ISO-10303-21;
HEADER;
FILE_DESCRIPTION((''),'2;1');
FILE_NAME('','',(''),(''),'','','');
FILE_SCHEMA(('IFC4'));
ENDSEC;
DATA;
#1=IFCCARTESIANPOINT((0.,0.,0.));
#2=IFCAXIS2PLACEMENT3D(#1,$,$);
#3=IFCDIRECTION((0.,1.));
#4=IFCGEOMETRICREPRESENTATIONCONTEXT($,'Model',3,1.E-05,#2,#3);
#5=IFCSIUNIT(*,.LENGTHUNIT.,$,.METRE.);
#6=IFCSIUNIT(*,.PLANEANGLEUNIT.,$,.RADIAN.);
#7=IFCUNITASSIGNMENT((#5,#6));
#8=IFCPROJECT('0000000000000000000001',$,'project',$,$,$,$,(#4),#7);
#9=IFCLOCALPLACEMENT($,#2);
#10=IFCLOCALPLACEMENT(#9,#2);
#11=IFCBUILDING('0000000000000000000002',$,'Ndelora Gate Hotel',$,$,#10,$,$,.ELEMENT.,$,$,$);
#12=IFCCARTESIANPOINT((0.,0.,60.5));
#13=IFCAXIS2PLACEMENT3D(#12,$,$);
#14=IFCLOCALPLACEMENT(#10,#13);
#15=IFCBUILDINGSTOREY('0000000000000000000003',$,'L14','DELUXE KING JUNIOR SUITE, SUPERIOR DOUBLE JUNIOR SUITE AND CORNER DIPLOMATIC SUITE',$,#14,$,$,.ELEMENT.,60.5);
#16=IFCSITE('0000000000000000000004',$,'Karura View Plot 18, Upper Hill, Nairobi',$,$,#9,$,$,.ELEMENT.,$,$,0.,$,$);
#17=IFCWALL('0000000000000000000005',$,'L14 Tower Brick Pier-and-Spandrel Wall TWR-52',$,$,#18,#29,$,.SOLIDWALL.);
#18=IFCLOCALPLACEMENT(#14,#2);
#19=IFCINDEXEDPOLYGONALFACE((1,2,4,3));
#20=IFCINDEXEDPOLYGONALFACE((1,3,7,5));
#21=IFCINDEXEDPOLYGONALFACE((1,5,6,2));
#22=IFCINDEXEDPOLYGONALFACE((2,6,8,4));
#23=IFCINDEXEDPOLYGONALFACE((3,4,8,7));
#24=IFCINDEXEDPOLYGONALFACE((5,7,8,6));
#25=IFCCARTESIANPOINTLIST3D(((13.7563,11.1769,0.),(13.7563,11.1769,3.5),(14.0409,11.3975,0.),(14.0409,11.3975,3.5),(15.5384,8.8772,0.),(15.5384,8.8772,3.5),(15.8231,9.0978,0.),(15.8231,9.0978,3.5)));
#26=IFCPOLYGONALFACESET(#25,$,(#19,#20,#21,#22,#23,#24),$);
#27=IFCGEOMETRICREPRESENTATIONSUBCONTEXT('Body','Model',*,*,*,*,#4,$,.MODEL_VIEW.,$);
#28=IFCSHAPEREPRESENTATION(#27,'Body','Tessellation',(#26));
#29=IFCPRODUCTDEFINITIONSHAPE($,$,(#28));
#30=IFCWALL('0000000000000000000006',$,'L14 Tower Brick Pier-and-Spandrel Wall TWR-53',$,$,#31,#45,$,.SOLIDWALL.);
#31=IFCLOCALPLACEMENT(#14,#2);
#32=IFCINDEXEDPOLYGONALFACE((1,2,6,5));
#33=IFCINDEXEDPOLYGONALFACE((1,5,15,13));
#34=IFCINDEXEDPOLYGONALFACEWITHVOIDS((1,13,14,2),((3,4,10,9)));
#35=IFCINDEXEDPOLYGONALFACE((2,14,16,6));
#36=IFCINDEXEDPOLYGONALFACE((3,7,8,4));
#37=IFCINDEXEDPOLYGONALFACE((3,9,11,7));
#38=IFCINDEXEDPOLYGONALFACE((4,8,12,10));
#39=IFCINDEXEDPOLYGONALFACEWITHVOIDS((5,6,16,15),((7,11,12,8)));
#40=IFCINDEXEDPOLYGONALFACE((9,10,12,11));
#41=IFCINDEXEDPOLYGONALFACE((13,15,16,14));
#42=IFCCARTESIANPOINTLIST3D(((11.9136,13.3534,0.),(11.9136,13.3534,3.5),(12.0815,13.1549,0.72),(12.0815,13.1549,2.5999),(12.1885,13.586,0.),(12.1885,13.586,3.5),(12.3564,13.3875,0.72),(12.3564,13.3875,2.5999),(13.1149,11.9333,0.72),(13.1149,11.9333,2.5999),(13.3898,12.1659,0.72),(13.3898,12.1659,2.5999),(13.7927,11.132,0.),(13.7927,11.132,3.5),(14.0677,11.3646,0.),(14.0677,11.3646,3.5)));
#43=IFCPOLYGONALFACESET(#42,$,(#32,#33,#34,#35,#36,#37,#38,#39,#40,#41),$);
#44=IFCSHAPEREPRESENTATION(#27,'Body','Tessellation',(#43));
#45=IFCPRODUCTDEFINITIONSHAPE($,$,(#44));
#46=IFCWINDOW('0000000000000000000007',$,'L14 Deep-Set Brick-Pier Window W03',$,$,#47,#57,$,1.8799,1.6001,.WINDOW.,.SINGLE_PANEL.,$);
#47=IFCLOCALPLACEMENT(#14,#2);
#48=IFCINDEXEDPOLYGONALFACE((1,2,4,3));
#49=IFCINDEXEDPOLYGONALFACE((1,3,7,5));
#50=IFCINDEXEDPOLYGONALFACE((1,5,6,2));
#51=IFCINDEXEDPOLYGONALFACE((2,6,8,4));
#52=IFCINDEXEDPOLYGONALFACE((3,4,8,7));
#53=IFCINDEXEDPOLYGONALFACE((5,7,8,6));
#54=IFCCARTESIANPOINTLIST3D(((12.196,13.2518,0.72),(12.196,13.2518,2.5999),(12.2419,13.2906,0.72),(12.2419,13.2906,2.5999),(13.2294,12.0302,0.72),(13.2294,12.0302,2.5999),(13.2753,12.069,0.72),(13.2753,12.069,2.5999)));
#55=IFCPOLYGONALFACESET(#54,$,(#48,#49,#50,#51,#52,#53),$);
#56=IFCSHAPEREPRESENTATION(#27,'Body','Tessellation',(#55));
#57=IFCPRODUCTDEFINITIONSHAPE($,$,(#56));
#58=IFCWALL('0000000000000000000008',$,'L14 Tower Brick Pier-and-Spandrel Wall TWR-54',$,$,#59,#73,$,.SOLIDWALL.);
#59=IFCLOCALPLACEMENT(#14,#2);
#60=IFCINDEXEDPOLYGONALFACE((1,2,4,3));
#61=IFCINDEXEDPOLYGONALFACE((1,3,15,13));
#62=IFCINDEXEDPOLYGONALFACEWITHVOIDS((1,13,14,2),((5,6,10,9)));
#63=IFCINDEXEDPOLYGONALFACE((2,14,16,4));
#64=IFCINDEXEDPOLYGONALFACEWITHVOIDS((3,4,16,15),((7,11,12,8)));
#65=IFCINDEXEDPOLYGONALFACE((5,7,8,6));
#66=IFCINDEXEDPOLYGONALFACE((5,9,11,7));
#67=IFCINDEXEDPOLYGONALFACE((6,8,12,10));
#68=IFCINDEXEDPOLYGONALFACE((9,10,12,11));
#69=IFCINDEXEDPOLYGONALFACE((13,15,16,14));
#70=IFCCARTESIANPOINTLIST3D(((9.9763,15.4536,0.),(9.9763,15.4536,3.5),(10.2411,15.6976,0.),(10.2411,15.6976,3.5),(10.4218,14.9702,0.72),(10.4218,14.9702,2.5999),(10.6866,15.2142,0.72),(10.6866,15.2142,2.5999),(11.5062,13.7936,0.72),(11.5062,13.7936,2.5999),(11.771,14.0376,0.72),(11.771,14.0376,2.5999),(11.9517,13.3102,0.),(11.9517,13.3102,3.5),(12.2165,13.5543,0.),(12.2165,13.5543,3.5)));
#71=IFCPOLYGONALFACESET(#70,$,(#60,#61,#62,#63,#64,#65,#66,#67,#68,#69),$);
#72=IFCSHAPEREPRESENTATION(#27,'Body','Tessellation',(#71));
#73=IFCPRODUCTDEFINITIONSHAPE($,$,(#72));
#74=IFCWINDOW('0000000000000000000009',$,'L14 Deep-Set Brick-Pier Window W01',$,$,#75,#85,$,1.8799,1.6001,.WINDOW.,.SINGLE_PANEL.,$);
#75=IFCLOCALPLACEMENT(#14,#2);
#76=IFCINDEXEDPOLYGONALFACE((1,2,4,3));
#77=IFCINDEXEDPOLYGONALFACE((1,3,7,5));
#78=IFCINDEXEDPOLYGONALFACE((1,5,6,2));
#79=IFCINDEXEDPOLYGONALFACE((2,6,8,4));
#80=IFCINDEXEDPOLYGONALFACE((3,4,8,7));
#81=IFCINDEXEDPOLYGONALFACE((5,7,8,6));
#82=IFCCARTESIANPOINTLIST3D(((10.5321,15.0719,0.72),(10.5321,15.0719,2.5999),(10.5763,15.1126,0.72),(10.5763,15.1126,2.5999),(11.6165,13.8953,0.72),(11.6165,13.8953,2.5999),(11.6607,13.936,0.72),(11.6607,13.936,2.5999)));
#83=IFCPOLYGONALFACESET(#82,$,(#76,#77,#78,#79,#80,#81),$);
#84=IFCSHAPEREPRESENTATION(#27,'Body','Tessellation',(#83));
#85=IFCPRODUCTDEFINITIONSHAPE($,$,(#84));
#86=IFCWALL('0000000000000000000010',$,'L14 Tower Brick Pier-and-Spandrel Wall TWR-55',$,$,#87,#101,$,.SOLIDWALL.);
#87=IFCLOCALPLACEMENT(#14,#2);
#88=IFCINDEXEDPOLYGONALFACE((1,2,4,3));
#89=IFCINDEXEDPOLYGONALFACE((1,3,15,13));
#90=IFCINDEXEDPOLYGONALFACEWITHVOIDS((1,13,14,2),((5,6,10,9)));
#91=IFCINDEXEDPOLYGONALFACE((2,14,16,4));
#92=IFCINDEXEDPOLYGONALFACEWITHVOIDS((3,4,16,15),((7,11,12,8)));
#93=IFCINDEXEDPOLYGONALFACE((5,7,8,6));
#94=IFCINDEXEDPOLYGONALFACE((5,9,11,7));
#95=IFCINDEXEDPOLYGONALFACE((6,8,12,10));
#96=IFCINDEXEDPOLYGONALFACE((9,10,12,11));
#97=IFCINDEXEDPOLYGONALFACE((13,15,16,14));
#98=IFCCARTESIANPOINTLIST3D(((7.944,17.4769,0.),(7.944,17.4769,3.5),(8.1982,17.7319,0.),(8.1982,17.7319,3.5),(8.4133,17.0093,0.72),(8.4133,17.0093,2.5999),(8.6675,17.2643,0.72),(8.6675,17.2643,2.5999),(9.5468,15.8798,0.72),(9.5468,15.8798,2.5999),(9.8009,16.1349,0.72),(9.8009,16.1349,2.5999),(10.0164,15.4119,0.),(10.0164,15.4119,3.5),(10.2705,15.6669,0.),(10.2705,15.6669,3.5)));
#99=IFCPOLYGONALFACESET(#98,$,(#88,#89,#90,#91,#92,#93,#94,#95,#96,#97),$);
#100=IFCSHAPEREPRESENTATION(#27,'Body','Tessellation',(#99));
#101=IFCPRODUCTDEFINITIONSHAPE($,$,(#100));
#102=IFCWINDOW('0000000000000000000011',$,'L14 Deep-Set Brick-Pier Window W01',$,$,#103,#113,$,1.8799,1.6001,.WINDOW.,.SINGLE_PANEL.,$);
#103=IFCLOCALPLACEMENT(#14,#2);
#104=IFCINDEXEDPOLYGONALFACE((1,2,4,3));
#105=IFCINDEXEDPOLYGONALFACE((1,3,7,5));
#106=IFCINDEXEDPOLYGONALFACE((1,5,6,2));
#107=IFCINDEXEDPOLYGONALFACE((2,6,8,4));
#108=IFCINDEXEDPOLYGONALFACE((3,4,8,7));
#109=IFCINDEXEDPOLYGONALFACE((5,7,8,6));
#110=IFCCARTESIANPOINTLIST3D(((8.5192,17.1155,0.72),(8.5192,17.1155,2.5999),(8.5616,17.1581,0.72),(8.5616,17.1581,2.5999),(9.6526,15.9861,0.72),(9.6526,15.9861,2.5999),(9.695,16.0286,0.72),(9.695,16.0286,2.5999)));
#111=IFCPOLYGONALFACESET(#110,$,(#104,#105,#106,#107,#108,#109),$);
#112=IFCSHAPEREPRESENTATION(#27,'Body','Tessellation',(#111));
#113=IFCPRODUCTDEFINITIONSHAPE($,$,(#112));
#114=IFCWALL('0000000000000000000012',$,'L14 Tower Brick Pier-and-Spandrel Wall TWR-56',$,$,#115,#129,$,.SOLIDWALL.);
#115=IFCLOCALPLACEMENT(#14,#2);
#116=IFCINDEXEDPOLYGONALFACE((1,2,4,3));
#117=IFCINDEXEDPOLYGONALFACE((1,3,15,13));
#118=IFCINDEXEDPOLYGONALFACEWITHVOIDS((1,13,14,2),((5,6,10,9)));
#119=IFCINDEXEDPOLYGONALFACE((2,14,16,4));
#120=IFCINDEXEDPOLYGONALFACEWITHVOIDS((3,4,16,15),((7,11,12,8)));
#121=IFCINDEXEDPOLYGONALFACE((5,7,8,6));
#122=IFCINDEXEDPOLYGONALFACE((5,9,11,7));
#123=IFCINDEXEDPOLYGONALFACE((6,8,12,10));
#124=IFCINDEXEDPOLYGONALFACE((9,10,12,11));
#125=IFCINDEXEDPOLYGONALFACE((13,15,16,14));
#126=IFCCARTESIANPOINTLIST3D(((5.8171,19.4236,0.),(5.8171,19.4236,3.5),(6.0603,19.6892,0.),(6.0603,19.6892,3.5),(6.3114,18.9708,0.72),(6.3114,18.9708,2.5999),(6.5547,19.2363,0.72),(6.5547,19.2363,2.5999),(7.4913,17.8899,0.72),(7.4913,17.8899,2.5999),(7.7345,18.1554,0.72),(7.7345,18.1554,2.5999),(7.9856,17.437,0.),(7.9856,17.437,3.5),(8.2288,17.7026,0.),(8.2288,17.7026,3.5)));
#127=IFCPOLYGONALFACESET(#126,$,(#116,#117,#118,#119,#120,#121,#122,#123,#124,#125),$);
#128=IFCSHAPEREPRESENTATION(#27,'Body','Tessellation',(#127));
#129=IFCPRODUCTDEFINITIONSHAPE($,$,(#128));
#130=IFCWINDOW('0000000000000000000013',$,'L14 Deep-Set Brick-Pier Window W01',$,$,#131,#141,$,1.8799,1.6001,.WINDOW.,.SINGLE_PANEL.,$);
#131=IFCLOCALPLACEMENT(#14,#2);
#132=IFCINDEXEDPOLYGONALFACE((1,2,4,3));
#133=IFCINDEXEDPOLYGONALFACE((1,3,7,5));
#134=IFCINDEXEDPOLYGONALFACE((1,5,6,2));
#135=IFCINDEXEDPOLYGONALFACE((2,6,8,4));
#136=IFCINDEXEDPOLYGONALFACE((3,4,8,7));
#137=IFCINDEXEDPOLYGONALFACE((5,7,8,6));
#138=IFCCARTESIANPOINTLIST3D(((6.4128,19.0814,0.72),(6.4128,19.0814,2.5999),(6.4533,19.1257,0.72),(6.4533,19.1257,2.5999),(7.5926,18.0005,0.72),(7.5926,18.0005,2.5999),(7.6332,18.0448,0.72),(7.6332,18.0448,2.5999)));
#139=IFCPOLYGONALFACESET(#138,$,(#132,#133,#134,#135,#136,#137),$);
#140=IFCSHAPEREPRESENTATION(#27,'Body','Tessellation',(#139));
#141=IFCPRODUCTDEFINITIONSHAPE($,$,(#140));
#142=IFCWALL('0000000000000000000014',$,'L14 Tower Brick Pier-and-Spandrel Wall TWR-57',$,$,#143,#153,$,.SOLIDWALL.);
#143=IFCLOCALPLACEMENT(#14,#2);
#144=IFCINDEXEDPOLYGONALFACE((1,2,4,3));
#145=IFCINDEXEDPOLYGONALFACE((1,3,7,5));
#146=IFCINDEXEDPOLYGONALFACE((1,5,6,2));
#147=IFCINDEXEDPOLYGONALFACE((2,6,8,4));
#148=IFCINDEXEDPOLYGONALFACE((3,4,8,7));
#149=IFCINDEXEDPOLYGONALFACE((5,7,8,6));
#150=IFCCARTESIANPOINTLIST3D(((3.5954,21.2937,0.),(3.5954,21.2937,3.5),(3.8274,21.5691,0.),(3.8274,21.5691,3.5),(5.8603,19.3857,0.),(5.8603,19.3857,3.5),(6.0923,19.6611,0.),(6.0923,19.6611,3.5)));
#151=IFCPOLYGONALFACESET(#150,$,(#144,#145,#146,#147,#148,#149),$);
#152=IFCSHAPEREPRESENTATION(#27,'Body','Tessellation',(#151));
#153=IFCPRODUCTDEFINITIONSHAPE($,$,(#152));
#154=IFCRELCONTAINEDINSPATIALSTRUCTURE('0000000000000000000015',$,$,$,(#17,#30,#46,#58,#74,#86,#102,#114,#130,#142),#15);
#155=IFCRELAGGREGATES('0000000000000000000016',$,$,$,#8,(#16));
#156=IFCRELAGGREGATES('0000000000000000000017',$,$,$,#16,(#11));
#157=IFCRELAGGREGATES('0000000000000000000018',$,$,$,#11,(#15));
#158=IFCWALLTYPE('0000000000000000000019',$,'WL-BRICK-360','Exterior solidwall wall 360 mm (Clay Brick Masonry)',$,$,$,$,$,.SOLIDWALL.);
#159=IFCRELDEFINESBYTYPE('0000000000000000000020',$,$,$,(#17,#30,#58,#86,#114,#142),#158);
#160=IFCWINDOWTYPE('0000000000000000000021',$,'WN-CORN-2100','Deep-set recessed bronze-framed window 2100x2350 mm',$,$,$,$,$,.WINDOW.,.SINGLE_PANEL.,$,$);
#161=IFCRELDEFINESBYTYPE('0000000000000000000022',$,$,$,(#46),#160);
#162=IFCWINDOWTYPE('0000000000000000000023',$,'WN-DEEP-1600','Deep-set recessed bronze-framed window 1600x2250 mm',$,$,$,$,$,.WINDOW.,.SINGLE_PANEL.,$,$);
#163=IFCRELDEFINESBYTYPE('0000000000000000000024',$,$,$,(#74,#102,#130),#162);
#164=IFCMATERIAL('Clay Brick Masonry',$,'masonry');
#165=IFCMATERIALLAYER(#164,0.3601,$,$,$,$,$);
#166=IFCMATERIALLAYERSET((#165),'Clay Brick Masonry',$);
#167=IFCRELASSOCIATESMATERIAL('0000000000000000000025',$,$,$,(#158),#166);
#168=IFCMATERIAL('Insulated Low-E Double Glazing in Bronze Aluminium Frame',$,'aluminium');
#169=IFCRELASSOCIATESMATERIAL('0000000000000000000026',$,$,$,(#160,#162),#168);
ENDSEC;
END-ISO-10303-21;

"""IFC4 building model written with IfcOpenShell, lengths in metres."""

from ifc_helpers import new_model, si_unit, direction, frame, frame_2d, origin, place, context, subcontext, project, spatial, rectangle, extrude, material, layer, layer_set, type_object, element, fill, save


model = new_model("IFC4")

# Units and contexts
model_context = context("Model", 3, precision=1e-05, world=origin(), true_north=direction((0.0, 1.0)))
body_context = subcontext(model_context, "Body", "Model", "MODEL_VIEW")
ifc_project = project(units=[si_unit("LENGTHUNIT", "METRE"), si_unit("PLANEANGLEUNIT", "RADIAN")], contexts=[model_context])

# Site, building, storey
site_placement = place(None, origin())
site = spatial("IfcSite", under=ifc_project, at=site_placement, Name="Karura View Plot 18, Upper Hill, Nairobi", CompositionType="ELEMENT", RefElevation=0.0)
building_placement = place(site_placement, origin())
building = spatial("IfcBuilding", under=site, at=building_placement, Name="Ndelora Gate Hotel", CompositionType="ELEMENT")
storey_placement = place(building_placement, frame((0.0, 0.0, 60.5)))
storey = spatial("IfcBuildingStorey", under=building, at=storey_placement, Name="L14", Description="DELUXE KING JUNIOR SUITE, SUPERIOR DOUBLE JUNIOR SUITE AND CORNER DIPLOMATIC SUITE", CompositionType="ELEMENT", Elevation=60.5)

# Wall
ifc_material_1 = material(Name="Clay Brick Masonry", Category="masonry")
ifc_layer_1 = layer(ifc_material_1, 0.3601)
ifc_layer_set_1 = layer_set([ifc_layer_1], Name="Clay Brick Masonry")
wall_type_1 = type_object("IfcWallType", Name="WL-BRICK-360", Description="Exterior solidwall wall 360 mm (Clay Brick Masonry)", PredefinedType="SOLIDWALL", material=ifc_layer_set_1)
wall_1_placement = place(storey_placement, frame((13.8987, 11.2871, 0.0), z_axis=(0.0, 0.0, 1.0), x_axis=(0.612545, -0.790435, 0.0)))
element("IfcWall", 1, at=wall_1_placement, inside=storey, type_object=wall_type_1, Name="L14 Tower Brick Pier-and-Spandrel Wall TWR-52", PredefinedType="SOLIDWALL", context=body_context, shape_type="SweptSolid", body=[
    extrude(rectangle(XDim=2.9094, YDim=0.3601, at=frame_2d((1.4546, 0.0))), origin(), (0.0, 0.0, 1.0), 3.5),
])

# Walls, openings, windows
wall_2_placement = place(storey_placement, frame((12.051, 13.4697, 0.0), z_axis=(0.0, 0.0, 1.0), x_axis=(0.645837, -0.763475, 0.0)))
wall_2 = element("IfcWall", 2, at=wall_2_placement, inside=storey, type_object=wall_type_1, Name="L14 Tower Brick Pier-and-Spandrel Wall TWR-53", PredefinedType="SOLIDWALL", context=body_context, shape_type="SweptSolid", body=[
    extrude(rectangle(XDim=2.9097, YDim=0.3601, at=frame_2d((1.4548, 0.0))), origin(), (0.0, 0.0, 1.0), 3.5),
])
opening_1_placement = place(wall_2_placement, frame((0.26, 0.0, 0.72)))
opening_1 = element("IfcOpeningElement", 3, at=opening_1_placement, cuts=wall_2, PredefinedType="OPENING", context=body_context, shape_type="SweptSolid", body=[
    extrude(rectangle(XDim=1.6001, YDim=1.8799, at=frame_2d((0.8, 0.9399))), frame((0.0, 0.1899, 0.0), z_axis=(0.0, -1.0, 0.0), x_axis=(1.0, 0.0, 0.0)), (0.0, 0.0, 1.0), 0.3801),
])
ifc_material_2 = material(Name="Insulated Low-E Double Glazing in Bronze Aluminium Frame", Category="aluminium")
window_type_1 = type_object("IfcWindowType", Name="WN-CORN-2100", Description="Deep-set recessed bronze-framed window 2100x2350 mm", PartitioningType="SINGLE_PANEL", PredefinedType="WINDOW", material=ifc_material_2)
window_1_placement = place(opening_1_placement, origin())
window_1 = element("IfcWindow", 4, at=window_1_placement, inside=storey, type_object=window_type_1, Name="L14 Deep-Set Brick-Pier Window W03", OverallHeight=1.8799, OverallWidth=1.6001, PartitioningType="SINGLE_PANEL", PredefinedType="WINDOW", context=body_context, shape_type="SweptSolid", body=[
    extrude(rectangle(XDim=1.6001, YDim=1.8799, at=frame_2d((0.8, 0.9399))), frame((0.0, 0.03, 0.0), z_axis=(0.0, -1.0, 0.0), x_axis=(1.0, 0.0, 0.0)), (0.0, 0.0, 1.0), 0.0601),
])
fill(opening_1, window_1)
wall_3_placement = place(storey_placement, frame((10.1086, 15.5757, 0.0), z_axis=(0.0, 0.0, 1.0), x_axis=(0.677706, -0.735333, 0.0)))
wall_3 = element("IfcWall", 5, at=wall_3_placement, inside=storey, type_object=wall_type_1, Name="L14 Tower Brick Pier-and-Spandrel Wall TWR-54", PredefinedType="SOLIDWALL", context=body_context, shape_type="SweptSolid", body=[
    extrude(rectangle(XDim=2.9148, YDim=0.3601, at=frame_2d((1.4575, 0.0))), origin(), (0.0, 0.0, 1.0), 3.5),
])
opening_2_placement = place(wall_3_placement, frame((0.6575, 0.0, 0.72)))
opening_2 = element("IfcOpeningElement", 6, at=opening_2_placement, cuts=wall_3, PredefinedType="OPENING", context=body_context, shape_type="SweptSolid", body=[
    extrude(rectangle(XDim=1.6001, YDim=1.8799, at=frame_2d((0.8, 0.9399))), frame((0.0, 0.1899, 0.0), z_axis=(0.0, -1.0, 0.0), x_axis=(1.0, 0.0, 0.0)), (0.0, 0.0, 1.0), 0.3801),
])
window_type_2 = type_object("IfcWindowType", Name="WN-DEEP-1600", Description="Deep-set recessed bronze-framed window 1600x2250 mm", PartitioningType="SINGLE_PANEL", PredefinedType="WINDOW", material=ifc_material_2)
window_2_placement = place(opening_2_placement, origin())
window_2 = element("IfcWindow", 7, at=window_2_placement, inside=storey, type_object=window_type_2, Name="L14 Deep-Set Brick-Pier Window W01", OverallHeight=1.8799, OverallWidth=1.6001, PartitioningType="SINGLE_PANEL", PredefinedType="WINDOW", context=body_context, shape_type="SweptSolid", body=[
    extrude(rectangle(XDim=1.6001, YDim=1.8799, at=frame_2d((0.8, 0.9399))), frame((0.0, 0.03, 0.0), z_axis=(0.0, -1.0, 0.0), x_axis=(1.0, 0.0, 0.0)), (0.0, 0.0, 1.0), 0.0601),
])
fill(opening_2, window_2)
wall_4_placement = place(storey_placement, frame((8.071, 17.6045, 0.0), z_axis=(0.0, 0.0, 1.0), x_axis=(0.708357, -0.705854, 0.0)))
wall_4 = element("IfcWall", 8, at=wall_4_placement, inside=storey, type_object=wall_type_1, Name="L14 Tower Brick Pier-and-Spandrel Wall TWR-55", PredefinedType="SOLIDWALL", context=body_context, shape_type="SweptSolid", body=[
    extrude(rectangle(XDim=2.9255, YDim=0.3601, at=frame_2d((1.4629, 0.0))), origin(), (0.0, 0.0, 1.0), 3.5),
])
opening_3_placement = place(wall_4_placement, frame((0.6626, 0.0, 0.72)))
opening_3 = element("IfcOpeningElement", 9, at=opening_3_placement, cuts=wall_4, PredefinedType="OPENING", context=body_context, shape_type="SweptSolid", body=[
    extrude(rectangle(XDim=1.6001, YDim=1.8799, at=frame_2d((0.8, 0.9399))), frame((0.0, 0.1899, 0.0), z_axis=(0.0, -1.0, 0.0), x_axis=(1.0, 0.0, 0.0)), (0.0, 0.0, 1.0), 0.3801),
])
window_3_placement = place(opening_3_placement, origin())
window_3 = element("IfcWindow", 10, at=window_3_placement, inside=storey, type_object=window_type_2, Name="L14 Deep-Set Brick-Pier Window W01", OverallHeight=1.8799, OverallWidth=1.6001, PartitioningType="SINGLE_PANEL", PredefinedType="WINDOW", context=body_context, shape_type="SweptSolid", body=[
    extrude(rectangle(XDim=1.6001, YDim=1.8799, at=frame_2d((0.8, 0.9399))), frame((0.0, 0.03, 0.0), z_axis=(0.0, -1.0, 0.0), x_axis=(1.0, 0.0, 0.0)), (0.0, 0.0, 1.0), 0.0601),
])
fill(opening_3, window_3)
wall_5_placement = place(storey_placement, frame((5.9387, 19.5564, 0.0), z_axis=(0.0, 0.0, 1.0), x_axis=(0.737354, -0.675507, 0.0)))
wall_5 = element("IfcWall", 11, at=wall_5_placement, inside=storey, type_object=wall_type_1, Name="L14 Tower Brick Pier-and-Spandrel Wall TWR-56", PredefinedType="SOLIDWALL", context=body_context, shape_type="SweptSolid", body=[
    extrude(rectangle(XDim=2.9409, YDim=0.3601, at=frame_2d((1.4705, 0.0))), origin(), (0.0, 0.0, 1.0), 3.5),
])
opening_4_placement = place(wall_5_placement, frame((0.6704, 0.0, 0.72)))
opening_4 = element("IfcOpeningElement", 12, at=opening_4_placement, cuts=wall_5, PredefinedType="OPENING", context=body_context, shape_type="SweptSolid", body=[
    extrude(rectangle(XDim=1.6001, YDim=1.8799, at=frame_2d((0.8, 0.9399))), frame((0.0, 0.1899, 0.0), z_axis=(0.0, -1.0, 0.0), x_axis=(1.0, 0.0, 0.0)), (0.0, 0.0, 1.0), 0.3801),
])
window_4_placement = place(opening_4_placement, origin())
window_4 = element("IfcWindow", 13, at=window_4_placement, inside=storey, type_object=window_type_2, Name="L14 Deep-Set Brick-Pier Window W01", OverallHeight=1.8799, OverallWidth=1.6001, PartitioningType="SINGLE_PANEL", PredefinedType="WINDOW", context=body_context, shape_type="SweptSolid", body=[
    extrude(rectangle(XDim=1.6001, YDim=1.8799, at=frame_2d((0.8, 0.9399))), frame((0.0, 0.03, 0.0), z_axis=(0.0, -1.0, 0.0), x_axis=(1.0, 0.0, 0.0)), (0.0, 0.0, 1.0), 0.0601),
])
fill(opening_4, window_4)

# Wall
wall_6_placement = place(storey_placement, frame((3.7114, 21.4314, 0.0), z_axis=(0.0, 0.0, 1.0), x_axis=(0.764798, -0.64427, 0.0)))
element("IfcWall", 14, at=wall_6_placement, inside=storey, type_object=wall_type_1, Name="L14 Tower Brick Pier-and-Spandrel Wall TWR-57", PredefinedType="SOLIDWALL", context=body_context, shape_type="SweptSolid", body=[
    extrude(rectangle(XDim=2.9614, YDim=0.3601, at=frame_2d((1.4807, 0.0))), origin(), (0.0, 0.0, 1.0), 3.5),
])

save(model, "model.ifc")
